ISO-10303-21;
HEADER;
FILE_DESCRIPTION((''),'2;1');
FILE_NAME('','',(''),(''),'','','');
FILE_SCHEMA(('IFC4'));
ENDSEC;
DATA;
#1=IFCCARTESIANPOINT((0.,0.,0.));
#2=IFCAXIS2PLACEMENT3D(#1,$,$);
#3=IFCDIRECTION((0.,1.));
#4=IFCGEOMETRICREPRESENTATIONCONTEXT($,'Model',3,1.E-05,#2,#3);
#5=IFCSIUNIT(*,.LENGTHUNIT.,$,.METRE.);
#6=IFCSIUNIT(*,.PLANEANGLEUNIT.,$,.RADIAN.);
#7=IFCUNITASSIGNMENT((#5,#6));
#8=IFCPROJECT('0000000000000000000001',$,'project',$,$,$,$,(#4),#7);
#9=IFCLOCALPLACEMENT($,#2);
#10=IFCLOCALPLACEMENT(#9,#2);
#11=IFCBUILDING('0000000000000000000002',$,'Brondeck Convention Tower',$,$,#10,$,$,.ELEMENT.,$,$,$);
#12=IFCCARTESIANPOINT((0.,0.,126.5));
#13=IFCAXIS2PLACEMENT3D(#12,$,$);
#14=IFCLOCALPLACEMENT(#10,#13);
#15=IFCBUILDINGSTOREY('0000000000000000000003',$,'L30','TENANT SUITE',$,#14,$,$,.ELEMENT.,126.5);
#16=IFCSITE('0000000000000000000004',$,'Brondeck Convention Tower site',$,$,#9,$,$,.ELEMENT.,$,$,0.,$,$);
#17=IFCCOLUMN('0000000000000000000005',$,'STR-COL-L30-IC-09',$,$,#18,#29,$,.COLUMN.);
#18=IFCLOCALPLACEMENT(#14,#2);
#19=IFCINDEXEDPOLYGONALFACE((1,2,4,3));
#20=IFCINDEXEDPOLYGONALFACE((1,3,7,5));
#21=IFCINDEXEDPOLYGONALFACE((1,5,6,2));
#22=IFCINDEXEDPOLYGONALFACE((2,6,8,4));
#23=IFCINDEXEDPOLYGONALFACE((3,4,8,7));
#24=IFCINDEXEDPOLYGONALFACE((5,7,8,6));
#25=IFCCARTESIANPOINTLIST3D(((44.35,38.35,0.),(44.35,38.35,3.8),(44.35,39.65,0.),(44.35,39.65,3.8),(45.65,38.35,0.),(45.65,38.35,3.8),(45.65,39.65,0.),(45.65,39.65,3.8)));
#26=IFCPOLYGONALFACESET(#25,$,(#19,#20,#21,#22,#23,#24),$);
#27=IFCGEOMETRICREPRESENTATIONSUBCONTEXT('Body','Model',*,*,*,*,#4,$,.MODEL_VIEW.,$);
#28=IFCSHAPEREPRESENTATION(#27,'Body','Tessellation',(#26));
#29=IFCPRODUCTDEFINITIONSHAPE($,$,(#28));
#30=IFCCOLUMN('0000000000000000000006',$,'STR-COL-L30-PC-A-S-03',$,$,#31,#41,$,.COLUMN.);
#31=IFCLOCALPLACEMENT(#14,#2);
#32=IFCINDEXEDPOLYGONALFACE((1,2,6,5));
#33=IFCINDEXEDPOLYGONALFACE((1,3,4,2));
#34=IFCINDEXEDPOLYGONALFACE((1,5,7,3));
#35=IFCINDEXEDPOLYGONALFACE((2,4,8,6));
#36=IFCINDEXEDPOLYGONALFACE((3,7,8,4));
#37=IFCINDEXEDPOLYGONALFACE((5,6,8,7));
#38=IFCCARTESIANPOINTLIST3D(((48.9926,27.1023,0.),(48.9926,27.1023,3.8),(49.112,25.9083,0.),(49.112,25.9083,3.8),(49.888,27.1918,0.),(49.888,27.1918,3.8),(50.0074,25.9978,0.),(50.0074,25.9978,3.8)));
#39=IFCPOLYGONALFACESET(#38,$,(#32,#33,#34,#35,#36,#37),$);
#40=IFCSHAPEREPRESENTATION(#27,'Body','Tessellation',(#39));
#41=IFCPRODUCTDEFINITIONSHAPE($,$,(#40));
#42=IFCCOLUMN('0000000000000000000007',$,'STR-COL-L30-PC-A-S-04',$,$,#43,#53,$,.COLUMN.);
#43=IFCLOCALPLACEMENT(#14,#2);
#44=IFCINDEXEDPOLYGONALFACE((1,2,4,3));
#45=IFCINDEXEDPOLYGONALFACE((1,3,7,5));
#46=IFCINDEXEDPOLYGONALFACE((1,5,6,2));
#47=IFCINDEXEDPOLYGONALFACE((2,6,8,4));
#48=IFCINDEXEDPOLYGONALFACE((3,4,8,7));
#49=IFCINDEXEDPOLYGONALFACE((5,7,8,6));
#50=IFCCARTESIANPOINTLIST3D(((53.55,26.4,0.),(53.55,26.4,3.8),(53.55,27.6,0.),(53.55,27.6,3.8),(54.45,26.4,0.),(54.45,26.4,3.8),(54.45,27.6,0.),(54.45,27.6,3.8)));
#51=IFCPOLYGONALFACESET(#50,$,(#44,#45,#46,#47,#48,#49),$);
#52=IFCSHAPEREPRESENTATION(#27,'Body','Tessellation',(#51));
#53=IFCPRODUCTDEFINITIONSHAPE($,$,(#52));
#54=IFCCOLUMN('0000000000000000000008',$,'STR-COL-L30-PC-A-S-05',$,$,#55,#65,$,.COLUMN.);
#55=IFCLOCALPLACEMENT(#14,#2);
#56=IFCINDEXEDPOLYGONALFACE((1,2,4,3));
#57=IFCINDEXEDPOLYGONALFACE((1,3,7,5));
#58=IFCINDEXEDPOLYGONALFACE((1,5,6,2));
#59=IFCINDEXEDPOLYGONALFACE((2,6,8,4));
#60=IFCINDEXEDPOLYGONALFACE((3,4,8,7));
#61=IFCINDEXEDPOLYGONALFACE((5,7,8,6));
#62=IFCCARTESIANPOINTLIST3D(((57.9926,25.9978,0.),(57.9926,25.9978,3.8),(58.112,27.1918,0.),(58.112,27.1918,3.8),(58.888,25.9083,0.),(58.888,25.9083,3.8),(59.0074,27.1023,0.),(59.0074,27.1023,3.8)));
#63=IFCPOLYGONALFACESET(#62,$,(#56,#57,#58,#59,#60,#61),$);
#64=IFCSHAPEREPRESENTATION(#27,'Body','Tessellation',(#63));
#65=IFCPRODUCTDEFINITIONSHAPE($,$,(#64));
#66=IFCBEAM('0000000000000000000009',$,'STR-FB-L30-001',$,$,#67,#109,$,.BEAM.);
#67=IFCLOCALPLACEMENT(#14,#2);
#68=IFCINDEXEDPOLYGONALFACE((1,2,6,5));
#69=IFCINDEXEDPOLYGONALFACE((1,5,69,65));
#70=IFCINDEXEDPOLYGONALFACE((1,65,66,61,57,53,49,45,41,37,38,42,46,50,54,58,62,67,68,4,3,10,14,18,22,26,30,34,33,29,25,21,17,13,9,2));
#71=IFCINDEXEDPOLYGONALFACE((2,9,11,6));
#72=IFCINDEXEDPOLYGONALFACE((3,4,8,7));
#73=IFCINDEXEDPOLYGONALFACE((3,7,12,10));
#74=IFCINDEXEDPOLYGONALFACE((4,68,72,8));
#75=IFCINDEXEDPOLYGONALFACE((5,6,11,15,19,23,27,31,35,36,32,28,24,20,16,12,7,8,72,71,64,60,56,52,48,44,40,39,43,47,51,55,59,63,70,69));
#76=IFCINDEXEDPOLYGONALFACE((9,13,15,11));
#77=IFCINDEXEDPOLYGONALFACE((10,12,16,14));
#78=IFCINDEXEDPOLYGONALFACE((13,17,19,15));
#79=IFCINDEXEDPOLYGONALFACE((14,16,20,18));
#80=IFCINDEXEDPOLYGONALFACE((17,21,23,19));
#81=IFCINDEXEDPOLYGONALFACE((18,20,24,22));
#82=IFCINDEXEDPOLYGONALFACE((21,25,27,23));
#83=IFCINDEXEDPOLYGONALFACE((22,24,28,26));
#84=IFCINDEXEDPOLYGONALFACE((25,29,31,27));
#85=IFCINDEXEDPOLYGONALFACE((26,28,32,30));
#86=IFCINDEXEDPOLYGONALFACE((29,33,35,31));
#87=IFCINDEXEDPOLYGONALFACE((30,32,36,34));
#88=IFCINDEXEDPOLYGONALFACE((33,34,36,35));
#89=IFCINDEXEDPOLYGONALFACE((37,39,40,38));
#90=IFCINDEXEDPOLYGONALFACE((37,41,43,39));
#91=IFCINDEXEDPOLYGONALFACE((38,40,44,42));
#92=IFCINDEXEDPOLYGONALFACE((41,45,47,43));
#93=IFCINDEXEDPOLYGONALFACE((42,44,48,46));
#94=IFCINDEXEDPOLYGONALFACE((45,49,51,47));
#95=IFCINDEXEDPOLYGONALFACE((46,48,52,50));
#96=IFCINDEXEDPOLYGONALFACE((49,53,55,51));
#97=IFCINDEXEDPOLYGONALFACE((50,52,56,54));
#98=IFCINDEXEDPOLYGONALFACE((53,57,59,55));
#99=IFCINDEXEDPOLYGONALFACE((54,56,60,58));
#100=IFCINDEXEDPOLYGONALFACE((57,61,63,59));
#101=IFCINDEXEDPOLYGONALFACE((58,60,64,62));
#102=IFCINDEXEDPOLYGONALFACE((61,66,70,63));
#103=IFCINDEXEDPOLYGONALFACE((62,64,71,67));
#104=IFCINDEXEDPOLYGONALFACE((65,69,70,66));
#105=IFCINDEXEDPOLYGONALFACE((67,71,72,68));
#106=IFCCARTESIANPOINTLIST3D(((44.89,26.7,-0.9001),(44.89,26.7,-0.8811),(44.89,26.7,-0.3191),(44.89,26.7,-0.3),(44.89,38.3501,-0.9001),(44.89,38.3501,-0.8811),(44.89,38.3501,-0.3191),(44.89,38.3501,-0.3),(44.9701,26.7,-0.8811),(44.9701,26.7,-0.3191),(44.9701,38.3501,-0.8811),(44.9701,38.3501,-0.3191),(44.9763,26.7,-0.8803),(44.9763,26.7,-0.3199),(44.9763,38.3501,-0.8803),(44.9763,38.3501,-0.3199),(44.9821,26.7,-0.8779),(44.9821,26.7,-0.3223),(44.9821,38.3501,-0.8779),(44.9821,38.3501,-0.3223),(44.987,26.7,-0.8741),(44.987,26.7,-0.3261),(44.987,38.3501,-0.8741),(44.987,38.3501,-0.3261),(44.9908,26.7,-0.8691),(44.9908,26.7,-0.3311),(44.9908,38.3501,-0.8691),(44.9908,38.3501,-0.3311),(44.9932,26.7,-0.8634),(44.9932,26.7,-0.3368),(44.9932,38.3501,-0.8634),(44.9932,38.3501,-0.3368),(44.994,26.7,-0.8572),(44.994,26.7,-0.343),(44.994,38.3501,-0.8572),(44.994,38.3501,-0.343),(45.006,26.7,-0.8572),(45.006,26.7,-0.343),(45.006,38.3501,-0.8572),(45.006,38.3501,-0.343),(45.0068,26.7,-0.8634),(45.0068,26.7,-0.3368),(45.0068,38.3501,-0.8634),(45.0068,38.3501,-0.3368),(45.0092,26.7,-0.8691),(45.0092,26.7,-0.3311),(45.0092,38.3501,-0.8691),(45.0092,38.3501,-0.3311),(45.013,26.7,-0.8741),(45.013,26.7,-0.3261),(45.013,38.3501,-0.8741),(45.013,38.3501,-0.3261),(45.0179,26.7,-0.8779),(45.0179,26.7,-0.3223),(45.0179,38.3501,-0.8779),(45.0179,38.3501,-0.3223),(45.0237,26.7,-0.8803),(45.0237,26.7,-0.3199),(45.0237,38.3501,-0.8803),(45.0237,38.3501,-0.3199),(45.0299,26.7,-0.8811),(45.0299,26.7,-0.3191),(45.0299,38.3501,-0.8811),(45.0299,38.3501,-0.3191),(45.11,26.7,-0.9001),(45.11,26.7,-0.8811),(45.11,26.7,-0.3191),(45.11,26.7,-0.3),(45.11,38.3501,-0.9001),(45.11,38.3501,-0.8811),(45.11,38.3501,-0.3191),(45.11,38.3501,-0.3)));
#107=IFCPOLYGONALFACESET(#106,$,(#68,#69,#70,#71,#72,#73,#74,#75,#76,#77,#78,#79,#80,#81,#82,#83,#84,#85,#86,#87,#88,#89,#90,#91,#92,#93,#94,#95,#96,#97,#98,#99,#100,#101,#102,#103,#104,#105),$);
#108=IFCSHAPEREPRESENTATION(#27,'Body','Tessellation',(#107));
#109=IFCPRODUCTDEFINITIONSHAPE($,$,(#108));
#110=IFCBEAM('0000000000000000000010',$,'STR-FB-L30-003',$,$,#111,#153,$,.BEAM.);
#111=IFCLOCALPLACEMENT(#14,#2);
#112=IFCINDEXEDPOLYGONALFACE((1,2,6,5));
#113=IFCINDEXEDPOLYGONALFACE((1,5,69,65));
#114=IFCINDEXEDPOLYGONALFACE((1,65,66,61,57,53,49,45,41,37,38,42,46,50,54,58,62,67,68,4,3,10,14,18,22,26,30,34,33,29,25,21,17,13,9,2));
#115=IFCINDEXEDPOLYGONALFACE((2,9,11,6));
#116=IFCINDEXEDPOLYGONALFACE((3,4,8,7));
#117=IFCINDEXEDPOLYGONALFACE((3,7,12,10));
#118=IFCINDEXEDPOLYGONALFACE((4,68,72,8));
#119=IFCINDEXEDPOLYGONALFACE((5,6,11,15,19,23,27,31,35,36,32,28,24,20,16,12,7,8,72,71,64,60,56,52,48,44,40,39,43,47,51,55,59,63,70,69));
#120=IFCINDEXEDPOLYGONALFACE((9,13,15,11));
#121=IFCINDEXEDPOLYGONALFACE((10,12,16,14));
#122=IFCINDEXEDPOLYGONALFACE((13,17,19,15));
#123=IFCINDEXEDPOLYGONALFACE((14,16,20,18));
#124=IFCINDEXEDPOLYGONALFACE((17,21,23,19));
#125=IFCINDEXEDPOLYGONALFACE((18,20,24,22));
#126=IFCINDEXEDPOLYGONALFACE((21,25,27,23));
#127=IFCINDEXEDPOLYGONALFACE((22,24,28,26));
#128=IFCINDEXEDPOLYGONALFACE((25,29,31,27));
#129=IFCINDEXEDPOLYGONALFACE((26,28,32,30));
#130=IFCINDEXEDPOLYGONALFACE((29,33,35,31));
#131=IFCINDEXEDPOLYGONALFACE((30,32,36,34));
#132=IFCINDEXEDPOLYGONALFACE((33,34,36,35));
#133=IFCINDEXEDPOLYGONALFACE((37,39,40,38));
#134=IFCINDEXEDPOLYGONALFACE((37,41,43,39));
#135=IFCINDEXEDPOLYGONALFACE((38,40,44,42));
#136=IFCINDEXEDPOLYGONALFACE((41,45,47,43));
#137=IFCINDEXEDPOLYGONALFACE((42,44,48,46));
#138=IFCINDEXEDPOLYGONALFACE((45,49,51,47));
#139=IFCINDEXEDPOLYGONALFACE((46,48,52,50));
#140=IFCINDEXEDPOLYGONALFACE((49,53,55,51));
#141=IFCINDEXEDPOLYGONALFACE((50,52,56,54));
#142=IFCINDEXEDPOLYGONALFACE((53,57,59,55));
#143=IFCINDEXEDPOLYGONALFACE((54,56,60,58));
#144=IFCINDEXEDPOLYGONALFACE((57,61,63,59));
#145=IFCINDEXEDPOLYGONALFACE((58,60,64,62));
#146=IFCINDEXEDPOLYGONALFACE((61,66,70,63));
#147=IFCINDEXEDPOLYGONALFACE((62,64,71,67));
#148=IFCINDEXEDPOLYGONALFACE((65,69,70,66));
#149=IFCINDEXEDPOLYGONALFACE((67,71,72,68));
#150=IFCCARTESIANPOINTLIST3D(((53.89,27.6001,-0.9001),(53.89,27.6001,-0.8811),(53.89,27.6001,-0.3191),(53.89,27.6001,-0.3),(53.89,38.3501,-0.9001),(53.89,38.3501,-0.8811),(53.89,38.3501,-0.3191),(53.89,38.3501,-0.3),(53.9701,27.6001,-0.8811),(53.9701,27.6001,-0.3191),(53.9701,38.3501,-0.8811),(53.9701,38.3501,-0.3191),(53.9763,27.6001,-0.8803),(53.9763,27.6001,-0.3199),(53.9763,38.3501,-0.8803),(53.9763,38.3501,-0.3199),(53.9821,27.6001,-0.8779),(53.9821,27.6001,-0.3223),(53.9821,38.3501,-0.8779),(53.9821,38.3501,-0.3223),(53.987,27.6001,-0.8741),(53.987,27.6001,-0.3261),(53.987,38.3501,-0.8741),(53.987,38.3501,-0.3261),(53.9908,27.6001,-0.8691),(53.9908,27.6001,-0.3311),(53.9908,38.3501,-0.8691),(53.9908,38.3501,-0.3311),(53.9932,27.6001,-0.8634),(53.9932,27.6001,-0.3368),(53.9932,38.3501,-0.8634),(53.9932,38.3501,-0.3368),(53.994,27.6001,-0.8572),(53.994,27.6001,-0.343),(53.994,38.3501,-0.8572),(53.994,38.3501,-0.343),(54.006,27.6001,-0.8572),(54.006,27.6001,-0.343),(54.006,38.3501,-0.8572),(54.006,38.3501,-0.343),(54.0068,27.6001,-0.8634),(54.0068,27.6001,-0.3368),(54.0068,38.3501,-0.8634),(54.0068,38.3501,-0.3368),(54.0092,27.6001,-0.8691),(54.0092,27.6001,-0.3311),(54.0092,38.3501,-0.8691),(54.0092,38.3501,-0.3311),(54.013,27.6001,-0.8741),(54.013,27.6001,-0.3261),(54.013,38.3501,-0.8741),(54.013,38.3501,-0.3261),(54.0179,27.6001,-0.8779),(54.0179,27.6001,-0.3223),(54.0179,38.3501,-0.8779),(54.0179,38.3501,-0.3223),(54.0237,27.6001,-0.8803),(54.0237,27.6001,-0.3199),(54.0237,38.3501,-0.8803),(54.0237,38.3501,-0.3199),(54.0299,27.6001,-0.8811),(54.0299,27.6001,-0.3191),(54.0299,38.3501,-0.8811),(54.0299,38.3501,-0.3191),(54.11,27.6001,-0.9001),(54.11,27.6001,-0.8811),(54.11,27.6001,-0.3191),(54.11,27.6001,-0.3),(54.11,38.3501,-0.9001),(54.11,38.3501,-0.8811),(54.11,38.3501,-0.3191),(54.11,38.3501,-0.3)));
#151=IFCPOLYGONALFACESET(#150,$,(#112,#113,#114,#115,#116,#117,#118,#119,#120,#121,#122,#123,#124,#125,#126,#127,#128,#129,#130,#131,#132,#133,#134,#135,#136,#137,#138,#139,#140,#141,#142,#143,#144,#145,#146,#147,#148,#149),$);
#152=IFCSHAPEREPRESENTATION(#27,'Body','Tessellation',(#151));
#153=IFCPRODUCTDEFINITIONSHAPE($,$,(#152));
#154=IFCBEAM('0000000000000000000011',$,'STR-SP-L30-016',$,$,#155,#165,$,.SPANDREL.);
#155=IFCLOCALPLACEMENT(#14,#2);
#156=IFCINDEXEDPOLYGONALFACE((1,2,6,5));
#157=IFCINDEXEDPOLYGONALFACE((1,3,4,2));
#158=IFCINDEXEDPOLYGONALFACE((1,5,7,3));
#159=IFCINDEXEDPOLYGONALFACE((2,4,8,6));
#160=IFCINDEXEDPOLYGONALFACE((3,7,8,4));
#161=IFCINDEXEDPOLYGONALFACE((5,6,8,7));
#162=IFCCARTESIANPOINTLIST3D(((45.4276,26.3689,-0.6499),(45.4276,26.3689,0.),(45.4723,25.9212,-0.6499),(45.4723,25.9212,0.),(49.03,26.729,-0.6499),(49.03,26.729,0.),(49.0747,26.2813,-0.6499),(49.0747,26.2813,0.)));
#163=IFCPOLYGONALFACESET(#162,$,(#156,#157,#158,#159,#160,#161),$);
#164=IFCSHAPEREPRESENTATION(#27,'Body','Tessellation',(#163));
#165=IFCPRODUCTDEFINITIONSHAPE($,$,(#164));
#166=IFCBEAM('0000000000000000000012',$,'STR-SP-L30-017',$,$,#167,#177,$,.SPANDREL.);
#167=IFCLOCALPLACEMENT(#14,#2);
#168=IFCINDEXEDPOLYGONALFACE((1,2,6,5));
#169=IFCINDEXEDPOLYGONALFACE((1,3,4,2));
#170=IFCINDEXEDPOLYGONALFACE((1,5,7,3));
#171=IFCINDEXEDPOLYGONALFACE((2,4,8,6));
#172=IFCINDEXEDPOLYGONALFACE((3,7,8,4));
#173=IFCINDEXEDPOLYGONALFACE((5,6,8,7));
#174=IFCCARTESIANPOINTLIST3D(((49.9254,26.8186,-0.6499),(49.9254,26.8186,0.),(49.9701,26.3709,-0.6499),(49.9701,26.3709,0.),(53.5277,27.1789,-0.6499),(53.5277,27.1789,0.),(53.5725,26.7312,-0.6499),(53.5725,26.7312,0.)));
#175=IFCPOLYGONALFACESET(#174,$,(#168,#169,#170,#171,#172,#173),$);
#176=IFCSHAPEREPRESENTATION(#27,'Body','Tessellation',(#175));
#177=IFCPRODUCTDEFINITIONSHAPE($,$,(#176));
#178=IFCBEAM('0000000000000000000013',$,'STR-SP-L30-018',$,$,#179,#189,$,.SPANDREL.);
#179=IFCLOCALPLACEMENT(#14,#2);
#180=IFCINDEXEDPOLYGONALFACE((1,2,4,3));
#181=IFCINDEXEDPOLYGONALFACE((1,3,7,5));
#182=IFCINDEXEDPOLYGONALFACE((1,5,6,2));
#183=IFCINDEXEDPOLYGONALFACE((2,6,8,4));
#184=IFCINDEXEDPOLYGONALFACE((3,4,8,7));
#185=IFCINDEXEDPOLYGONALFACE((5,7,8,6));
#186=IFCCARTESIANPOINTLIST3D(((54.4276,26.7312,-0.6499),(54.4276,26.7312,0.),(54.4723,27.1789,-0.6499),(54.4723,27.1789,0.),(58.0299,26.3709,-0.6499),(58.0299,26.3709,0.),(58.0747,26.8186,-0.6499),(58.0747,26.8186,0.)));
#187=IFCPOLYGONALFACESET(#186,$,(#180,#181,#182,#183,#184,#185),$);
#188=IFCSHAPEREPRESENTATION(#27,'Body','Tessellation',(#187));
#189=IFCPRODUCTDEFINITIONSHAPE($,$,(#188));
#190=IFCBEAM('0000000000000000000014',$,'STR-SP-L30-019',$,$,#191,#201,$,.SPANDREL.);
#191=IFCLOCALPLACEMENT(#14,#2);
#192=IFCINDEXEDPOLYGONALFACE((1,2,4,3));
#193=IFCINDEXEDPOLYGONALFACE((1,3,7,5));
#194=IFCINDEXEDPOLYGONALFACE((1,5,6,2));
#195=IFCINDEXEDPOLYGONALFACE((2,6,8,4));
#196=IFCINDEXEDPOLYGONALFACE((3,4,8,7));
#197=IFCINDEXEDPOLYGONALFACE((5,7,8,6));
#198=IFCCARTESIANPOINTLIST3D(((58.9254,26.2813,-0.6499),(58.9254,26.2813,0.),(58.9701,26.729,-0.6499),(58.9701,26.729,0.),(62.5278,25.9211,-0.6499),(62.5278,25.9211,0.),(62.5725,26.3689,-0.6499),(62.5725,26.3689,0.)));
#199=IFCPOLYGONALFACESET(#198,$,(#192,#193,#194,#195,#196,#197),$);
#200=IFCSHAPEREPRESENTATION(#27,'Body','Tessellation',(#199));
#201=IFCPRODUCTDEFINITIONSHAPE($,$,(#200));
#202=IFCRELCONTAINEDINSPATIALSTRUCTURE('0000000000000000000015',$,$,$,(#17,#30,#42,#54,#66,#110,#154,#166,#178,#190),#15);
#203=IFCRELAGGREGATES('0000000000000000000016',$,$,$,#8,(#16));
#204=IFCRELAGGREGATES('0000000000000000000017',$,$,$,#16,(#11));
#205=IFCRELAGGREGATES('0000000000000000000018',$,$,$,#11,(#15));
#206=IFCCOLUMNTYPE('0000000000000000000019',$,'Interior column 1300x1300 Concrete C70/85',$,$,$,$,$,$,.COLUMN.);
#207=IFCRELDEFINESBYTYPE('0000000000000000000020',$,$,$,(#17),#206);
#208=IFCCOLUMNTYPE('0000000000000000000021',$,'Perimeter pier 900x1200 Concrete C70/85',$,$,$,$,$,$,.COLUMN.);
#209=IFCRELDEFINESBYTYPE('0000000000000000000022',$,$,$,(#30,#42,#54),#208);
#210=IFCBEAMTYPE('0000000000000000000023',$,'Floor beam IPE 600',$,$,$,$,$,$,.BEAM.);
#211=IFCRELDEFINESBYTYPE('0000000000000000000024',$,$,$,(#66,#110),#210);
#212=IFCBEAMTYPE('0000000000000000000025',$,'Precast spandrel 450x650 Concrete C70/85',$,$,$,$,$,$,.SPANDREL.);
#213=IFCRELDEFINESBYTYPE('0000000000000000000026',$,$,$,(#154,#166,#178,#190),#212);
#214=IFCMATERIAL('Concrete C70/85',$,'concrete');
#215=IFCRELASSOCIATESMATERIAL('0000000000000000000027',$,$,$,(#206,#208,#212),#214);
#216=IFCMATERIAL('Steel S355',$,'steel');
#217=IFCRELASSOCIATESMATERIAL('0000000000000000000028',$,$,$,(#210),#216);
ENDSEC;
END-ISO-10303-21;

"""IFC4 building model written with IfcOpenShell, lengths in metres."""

from ifc_helpers import new_model, si_unit, direction, frame, origin, origin_2d, place, context, subcontext, project, spatial, rectangle, i_section, extrude, material, material_profile, profile_set, type_object, element, save


model = new_model("IFC4")

# Units and contexts
model_context = context("Model", 3, precision=1e-05, world=origin(), true_north=direction((0.0, 1.0)))
body_context = subcontext(model_context, "Body", "Model", "MODEL_VIEW")
ifc_project = project(units=[si_unit("LENGTHUNIT", "METRE"), si_unit("PLANEANGLEUNIT", "RADIAN")], contexts=[model_context])

# Site, building, storey
site_placement = place(None, origin())
site = spatial("IfcSite", under=ifc_project, at=site_placement, Name="Brondeck Convention Tower site", CompositionType="ELEMENT", RefElevation=0.0)
building_placement = place(site_placement, origin())
building = spatial("IfcBuilding", under=site, at=building_placement, Name="Brondeck Convention Tower", CompositionType="ELEMENT")
storey_placement = place(building_placement, frame((0.0, 0.0, 126.5)))
storey = spatial("IfcBuildingStorey", under=building, at=storey_placement, Name="L30", Description="TENANT SUITE", CompositionType="ELEMENT", Elevation=126.5)

# Columns
ifc_material_1 = material(Name="Concrete C70/85", Category="concrete")
ifc_material_profile_1 = material_profile(ifc_material_1, rectangle(XDim=1.3, YDim=1.3, at=origin_2d()), Name="Interior column 1300x1300 Concrete C70/85")
ifc_profile_set_1 = profile_set([ifc_material_profile_1], Name="Concrete C70/85")
column_type_1 = type_object("IfcColumnType", Name="Interior column 1300x1300 Concrete C70/85", PredefinedType="COLUMN", material=ifc_profile_set_1)
column_placement = place(storey_placement, frame((45.0, 39.0, 0.0), z_axis=(0.0, 0.0, 1.0), x_axis=(1.0, 0.0, 0.0)))
element("IfcColumn", 1, at=column_placement, inside=storey, type_object=column_type_1, Name="STR-COL-L30-IC-09", PredefinedType="COLUMN", context=body_context, shape_type="SweptSolid", body=[
    extrude(rectangle(XDim=1.3, YDim=1.3, at=origin_2d()), origin(), (0.0, 0.0, 1.0), 3.8),
])
ifc_material_profile_2 = material_profile(ifc_material_1, rectangle(XDim=0.8999, YDim=1.2, at=origin_2d()), Name="Perimeter pier 900x1200 Concrete C70/85")
ifc_profile_set_2 = profile_set([ifc_material_profile_2], Name="Concrete C70/85")
column_type_2 = type_object("IfcColumnType", Name="Perimeter pier 900x1200 Concrete C70/85", PredefinedType="COLUMN", material=ifc_profile_set_2)
for number, where, z_axis, x_axis, name in (
    (2, (49.5, 26.55, 0.0), (0.0, 0.0, 1.0), (0.995037, 0.099504, 0.0), "STR-COL-L30-PC-A-S-03"),
    (3, (54.0, 27.0, 0.0), (0.0, 0.0, 1.0), (1.0, 0.0, 0.0), "STR-COL-L30-PC-A-S-04"),
    (4, (58.5, 26.55, 0.0), (0.0, 0.0, 1.0), (0.995037, -0.099504, 0.0), "STR-COL-L30-PC-A-S-05"),
):
    element("IfcColumn", number, at=place(storey_placement, frame(where, z_axis=z_axis, x_axis=x_axis)), inside=storey, type_object=column_type_2, Name=name, PredefinedType="COLUMN", context=body_context, shape_type="SweptSolid", body=[
        extrude(rectangle(XDim=0.8999, YDim=1.2, at=origin_2d()), origin(), (0.0, 0.0, 1.0), 3.8),
    ])

# Beams
ifc_material_2 = material(Name="Steel S355", Category="steel")
ifc_material_profile_3 = material_profile(ifc_material_2, i_section(OverallWidth=0.22, OverallDepth=0.6001, WebThickness=0.012, FlangeThickness=0.019, FilletRadius=0.0239, at=origin_2d()), Name="IPE 600")
ifc_profile_set_3 = profile_set([ifc_material_profile_3], Name="Steel S355")
beam_type_1 = type_object("IfcBeamType", Name="Floor beam IPE 600", PredefinedType="BEAM", material=ifc_profile_set_3)
beam_1_placement = place(storey_placement, frame((45.0, 26.7, -0.6001), z_axis=(0.0, 1.0, 0.0), x_axis=(-1.0, 0.0, 0.0)))
element("IfcBeam", 5, at=beam_1_placement, inside=storey, type_object=beam_type_1, Name="STR-FB-L30-001", PredefinedType="BEAM", context=body_context, shape_type="SweptSolid", body=[
    extrude(i_section(OverallWidth=0.22, OverallDepth=0.6001, WebThickness=0.012, FlangeThickness=0.019, FilletRadius=0.0239, at=origin_2d()), origin(), (0.0, 0.0, 1.0), 11.6501),
])
beam_2_placement = place(storey_placement, frame((54.0, 27.6001, -0.6001), z_axis=(0.0, 1.0, 0.0), x_axis=(-1.0, 0.0, 0.0)))
element("IfcBeam", 6, at=beam_2_placement, inside=storey, type_object=beam_type_1, Name="STR-FB-L30-003", PredefinedType="BEAM", context=body_context, shape_type="SweptSolid", body=[
    extrude(i_section(OverallWidth=0.22, OverallDepth=0.6001, WebThickness=0.012, FlangeThickness=0.019, FilletRadius=0.0239, at=origin_2d()), origin(), (0.0, 0.0, 1.0), 10.75),
])
ifc_material_profile_4 = material_profile(ifc_material_1, rectangle(XDim=0.45, YDim=0.6499, at=origin_2d()), Name="Precast spandrel 450x650 Concrete C70/85")
ifc_profile_set_4 = profile_set([ifc_material_profile_4], Name="Concrete C70/85")
beam_type_2 = type_object("IfcBeamType", Name="Precast spandrel 450x650 Concrete C70/85", PredefinedType="SPANDREL", material=ifc_profile_set_4)
for number, where, z_axis, x_axis, name in (
    (7, (45.45, 26.145, -0.325), (0.995041, 0.09947, 0.0), (-0.09947, 0.995041, 0.0), "STR-SP-L30-016"),
    (8, (49.9478, 26.5947, -0.325), (0.995034, 0.099537, 0.0), (-0.099537, 0.995034, 0.0), "STR-SP-L30-017"),
    (9, (54.45, 26.9551, -0.325), (0.995034, -0.099537, 0.0), (0.099537, 0.995034, 0.0), "STR-SP-L30-018"),
    (10, (58.9478, 26.5051, -0.325), (0.995041, -0.09947, 0.0), (0.09947, 0.995041, 0.0), "STR-SP-L30-019"),
):
    element("IfcBeam", number, at=place(storey_placement, frame(where, z_axis=z_axis, x_axis=x_axis)), inside=storey, type_object=beam_type_2, Name=name, PredefinedType="SPANDREL", context=body_context, shape_type="SweptSolid", body=[
        extrude(rectangle(XDim=0.45, YDim=0.6499, at=origin_2d()), origin(), (0.0, 0.0, 1.0), 3.6204),
    ])

save(model, "model.ifc")
